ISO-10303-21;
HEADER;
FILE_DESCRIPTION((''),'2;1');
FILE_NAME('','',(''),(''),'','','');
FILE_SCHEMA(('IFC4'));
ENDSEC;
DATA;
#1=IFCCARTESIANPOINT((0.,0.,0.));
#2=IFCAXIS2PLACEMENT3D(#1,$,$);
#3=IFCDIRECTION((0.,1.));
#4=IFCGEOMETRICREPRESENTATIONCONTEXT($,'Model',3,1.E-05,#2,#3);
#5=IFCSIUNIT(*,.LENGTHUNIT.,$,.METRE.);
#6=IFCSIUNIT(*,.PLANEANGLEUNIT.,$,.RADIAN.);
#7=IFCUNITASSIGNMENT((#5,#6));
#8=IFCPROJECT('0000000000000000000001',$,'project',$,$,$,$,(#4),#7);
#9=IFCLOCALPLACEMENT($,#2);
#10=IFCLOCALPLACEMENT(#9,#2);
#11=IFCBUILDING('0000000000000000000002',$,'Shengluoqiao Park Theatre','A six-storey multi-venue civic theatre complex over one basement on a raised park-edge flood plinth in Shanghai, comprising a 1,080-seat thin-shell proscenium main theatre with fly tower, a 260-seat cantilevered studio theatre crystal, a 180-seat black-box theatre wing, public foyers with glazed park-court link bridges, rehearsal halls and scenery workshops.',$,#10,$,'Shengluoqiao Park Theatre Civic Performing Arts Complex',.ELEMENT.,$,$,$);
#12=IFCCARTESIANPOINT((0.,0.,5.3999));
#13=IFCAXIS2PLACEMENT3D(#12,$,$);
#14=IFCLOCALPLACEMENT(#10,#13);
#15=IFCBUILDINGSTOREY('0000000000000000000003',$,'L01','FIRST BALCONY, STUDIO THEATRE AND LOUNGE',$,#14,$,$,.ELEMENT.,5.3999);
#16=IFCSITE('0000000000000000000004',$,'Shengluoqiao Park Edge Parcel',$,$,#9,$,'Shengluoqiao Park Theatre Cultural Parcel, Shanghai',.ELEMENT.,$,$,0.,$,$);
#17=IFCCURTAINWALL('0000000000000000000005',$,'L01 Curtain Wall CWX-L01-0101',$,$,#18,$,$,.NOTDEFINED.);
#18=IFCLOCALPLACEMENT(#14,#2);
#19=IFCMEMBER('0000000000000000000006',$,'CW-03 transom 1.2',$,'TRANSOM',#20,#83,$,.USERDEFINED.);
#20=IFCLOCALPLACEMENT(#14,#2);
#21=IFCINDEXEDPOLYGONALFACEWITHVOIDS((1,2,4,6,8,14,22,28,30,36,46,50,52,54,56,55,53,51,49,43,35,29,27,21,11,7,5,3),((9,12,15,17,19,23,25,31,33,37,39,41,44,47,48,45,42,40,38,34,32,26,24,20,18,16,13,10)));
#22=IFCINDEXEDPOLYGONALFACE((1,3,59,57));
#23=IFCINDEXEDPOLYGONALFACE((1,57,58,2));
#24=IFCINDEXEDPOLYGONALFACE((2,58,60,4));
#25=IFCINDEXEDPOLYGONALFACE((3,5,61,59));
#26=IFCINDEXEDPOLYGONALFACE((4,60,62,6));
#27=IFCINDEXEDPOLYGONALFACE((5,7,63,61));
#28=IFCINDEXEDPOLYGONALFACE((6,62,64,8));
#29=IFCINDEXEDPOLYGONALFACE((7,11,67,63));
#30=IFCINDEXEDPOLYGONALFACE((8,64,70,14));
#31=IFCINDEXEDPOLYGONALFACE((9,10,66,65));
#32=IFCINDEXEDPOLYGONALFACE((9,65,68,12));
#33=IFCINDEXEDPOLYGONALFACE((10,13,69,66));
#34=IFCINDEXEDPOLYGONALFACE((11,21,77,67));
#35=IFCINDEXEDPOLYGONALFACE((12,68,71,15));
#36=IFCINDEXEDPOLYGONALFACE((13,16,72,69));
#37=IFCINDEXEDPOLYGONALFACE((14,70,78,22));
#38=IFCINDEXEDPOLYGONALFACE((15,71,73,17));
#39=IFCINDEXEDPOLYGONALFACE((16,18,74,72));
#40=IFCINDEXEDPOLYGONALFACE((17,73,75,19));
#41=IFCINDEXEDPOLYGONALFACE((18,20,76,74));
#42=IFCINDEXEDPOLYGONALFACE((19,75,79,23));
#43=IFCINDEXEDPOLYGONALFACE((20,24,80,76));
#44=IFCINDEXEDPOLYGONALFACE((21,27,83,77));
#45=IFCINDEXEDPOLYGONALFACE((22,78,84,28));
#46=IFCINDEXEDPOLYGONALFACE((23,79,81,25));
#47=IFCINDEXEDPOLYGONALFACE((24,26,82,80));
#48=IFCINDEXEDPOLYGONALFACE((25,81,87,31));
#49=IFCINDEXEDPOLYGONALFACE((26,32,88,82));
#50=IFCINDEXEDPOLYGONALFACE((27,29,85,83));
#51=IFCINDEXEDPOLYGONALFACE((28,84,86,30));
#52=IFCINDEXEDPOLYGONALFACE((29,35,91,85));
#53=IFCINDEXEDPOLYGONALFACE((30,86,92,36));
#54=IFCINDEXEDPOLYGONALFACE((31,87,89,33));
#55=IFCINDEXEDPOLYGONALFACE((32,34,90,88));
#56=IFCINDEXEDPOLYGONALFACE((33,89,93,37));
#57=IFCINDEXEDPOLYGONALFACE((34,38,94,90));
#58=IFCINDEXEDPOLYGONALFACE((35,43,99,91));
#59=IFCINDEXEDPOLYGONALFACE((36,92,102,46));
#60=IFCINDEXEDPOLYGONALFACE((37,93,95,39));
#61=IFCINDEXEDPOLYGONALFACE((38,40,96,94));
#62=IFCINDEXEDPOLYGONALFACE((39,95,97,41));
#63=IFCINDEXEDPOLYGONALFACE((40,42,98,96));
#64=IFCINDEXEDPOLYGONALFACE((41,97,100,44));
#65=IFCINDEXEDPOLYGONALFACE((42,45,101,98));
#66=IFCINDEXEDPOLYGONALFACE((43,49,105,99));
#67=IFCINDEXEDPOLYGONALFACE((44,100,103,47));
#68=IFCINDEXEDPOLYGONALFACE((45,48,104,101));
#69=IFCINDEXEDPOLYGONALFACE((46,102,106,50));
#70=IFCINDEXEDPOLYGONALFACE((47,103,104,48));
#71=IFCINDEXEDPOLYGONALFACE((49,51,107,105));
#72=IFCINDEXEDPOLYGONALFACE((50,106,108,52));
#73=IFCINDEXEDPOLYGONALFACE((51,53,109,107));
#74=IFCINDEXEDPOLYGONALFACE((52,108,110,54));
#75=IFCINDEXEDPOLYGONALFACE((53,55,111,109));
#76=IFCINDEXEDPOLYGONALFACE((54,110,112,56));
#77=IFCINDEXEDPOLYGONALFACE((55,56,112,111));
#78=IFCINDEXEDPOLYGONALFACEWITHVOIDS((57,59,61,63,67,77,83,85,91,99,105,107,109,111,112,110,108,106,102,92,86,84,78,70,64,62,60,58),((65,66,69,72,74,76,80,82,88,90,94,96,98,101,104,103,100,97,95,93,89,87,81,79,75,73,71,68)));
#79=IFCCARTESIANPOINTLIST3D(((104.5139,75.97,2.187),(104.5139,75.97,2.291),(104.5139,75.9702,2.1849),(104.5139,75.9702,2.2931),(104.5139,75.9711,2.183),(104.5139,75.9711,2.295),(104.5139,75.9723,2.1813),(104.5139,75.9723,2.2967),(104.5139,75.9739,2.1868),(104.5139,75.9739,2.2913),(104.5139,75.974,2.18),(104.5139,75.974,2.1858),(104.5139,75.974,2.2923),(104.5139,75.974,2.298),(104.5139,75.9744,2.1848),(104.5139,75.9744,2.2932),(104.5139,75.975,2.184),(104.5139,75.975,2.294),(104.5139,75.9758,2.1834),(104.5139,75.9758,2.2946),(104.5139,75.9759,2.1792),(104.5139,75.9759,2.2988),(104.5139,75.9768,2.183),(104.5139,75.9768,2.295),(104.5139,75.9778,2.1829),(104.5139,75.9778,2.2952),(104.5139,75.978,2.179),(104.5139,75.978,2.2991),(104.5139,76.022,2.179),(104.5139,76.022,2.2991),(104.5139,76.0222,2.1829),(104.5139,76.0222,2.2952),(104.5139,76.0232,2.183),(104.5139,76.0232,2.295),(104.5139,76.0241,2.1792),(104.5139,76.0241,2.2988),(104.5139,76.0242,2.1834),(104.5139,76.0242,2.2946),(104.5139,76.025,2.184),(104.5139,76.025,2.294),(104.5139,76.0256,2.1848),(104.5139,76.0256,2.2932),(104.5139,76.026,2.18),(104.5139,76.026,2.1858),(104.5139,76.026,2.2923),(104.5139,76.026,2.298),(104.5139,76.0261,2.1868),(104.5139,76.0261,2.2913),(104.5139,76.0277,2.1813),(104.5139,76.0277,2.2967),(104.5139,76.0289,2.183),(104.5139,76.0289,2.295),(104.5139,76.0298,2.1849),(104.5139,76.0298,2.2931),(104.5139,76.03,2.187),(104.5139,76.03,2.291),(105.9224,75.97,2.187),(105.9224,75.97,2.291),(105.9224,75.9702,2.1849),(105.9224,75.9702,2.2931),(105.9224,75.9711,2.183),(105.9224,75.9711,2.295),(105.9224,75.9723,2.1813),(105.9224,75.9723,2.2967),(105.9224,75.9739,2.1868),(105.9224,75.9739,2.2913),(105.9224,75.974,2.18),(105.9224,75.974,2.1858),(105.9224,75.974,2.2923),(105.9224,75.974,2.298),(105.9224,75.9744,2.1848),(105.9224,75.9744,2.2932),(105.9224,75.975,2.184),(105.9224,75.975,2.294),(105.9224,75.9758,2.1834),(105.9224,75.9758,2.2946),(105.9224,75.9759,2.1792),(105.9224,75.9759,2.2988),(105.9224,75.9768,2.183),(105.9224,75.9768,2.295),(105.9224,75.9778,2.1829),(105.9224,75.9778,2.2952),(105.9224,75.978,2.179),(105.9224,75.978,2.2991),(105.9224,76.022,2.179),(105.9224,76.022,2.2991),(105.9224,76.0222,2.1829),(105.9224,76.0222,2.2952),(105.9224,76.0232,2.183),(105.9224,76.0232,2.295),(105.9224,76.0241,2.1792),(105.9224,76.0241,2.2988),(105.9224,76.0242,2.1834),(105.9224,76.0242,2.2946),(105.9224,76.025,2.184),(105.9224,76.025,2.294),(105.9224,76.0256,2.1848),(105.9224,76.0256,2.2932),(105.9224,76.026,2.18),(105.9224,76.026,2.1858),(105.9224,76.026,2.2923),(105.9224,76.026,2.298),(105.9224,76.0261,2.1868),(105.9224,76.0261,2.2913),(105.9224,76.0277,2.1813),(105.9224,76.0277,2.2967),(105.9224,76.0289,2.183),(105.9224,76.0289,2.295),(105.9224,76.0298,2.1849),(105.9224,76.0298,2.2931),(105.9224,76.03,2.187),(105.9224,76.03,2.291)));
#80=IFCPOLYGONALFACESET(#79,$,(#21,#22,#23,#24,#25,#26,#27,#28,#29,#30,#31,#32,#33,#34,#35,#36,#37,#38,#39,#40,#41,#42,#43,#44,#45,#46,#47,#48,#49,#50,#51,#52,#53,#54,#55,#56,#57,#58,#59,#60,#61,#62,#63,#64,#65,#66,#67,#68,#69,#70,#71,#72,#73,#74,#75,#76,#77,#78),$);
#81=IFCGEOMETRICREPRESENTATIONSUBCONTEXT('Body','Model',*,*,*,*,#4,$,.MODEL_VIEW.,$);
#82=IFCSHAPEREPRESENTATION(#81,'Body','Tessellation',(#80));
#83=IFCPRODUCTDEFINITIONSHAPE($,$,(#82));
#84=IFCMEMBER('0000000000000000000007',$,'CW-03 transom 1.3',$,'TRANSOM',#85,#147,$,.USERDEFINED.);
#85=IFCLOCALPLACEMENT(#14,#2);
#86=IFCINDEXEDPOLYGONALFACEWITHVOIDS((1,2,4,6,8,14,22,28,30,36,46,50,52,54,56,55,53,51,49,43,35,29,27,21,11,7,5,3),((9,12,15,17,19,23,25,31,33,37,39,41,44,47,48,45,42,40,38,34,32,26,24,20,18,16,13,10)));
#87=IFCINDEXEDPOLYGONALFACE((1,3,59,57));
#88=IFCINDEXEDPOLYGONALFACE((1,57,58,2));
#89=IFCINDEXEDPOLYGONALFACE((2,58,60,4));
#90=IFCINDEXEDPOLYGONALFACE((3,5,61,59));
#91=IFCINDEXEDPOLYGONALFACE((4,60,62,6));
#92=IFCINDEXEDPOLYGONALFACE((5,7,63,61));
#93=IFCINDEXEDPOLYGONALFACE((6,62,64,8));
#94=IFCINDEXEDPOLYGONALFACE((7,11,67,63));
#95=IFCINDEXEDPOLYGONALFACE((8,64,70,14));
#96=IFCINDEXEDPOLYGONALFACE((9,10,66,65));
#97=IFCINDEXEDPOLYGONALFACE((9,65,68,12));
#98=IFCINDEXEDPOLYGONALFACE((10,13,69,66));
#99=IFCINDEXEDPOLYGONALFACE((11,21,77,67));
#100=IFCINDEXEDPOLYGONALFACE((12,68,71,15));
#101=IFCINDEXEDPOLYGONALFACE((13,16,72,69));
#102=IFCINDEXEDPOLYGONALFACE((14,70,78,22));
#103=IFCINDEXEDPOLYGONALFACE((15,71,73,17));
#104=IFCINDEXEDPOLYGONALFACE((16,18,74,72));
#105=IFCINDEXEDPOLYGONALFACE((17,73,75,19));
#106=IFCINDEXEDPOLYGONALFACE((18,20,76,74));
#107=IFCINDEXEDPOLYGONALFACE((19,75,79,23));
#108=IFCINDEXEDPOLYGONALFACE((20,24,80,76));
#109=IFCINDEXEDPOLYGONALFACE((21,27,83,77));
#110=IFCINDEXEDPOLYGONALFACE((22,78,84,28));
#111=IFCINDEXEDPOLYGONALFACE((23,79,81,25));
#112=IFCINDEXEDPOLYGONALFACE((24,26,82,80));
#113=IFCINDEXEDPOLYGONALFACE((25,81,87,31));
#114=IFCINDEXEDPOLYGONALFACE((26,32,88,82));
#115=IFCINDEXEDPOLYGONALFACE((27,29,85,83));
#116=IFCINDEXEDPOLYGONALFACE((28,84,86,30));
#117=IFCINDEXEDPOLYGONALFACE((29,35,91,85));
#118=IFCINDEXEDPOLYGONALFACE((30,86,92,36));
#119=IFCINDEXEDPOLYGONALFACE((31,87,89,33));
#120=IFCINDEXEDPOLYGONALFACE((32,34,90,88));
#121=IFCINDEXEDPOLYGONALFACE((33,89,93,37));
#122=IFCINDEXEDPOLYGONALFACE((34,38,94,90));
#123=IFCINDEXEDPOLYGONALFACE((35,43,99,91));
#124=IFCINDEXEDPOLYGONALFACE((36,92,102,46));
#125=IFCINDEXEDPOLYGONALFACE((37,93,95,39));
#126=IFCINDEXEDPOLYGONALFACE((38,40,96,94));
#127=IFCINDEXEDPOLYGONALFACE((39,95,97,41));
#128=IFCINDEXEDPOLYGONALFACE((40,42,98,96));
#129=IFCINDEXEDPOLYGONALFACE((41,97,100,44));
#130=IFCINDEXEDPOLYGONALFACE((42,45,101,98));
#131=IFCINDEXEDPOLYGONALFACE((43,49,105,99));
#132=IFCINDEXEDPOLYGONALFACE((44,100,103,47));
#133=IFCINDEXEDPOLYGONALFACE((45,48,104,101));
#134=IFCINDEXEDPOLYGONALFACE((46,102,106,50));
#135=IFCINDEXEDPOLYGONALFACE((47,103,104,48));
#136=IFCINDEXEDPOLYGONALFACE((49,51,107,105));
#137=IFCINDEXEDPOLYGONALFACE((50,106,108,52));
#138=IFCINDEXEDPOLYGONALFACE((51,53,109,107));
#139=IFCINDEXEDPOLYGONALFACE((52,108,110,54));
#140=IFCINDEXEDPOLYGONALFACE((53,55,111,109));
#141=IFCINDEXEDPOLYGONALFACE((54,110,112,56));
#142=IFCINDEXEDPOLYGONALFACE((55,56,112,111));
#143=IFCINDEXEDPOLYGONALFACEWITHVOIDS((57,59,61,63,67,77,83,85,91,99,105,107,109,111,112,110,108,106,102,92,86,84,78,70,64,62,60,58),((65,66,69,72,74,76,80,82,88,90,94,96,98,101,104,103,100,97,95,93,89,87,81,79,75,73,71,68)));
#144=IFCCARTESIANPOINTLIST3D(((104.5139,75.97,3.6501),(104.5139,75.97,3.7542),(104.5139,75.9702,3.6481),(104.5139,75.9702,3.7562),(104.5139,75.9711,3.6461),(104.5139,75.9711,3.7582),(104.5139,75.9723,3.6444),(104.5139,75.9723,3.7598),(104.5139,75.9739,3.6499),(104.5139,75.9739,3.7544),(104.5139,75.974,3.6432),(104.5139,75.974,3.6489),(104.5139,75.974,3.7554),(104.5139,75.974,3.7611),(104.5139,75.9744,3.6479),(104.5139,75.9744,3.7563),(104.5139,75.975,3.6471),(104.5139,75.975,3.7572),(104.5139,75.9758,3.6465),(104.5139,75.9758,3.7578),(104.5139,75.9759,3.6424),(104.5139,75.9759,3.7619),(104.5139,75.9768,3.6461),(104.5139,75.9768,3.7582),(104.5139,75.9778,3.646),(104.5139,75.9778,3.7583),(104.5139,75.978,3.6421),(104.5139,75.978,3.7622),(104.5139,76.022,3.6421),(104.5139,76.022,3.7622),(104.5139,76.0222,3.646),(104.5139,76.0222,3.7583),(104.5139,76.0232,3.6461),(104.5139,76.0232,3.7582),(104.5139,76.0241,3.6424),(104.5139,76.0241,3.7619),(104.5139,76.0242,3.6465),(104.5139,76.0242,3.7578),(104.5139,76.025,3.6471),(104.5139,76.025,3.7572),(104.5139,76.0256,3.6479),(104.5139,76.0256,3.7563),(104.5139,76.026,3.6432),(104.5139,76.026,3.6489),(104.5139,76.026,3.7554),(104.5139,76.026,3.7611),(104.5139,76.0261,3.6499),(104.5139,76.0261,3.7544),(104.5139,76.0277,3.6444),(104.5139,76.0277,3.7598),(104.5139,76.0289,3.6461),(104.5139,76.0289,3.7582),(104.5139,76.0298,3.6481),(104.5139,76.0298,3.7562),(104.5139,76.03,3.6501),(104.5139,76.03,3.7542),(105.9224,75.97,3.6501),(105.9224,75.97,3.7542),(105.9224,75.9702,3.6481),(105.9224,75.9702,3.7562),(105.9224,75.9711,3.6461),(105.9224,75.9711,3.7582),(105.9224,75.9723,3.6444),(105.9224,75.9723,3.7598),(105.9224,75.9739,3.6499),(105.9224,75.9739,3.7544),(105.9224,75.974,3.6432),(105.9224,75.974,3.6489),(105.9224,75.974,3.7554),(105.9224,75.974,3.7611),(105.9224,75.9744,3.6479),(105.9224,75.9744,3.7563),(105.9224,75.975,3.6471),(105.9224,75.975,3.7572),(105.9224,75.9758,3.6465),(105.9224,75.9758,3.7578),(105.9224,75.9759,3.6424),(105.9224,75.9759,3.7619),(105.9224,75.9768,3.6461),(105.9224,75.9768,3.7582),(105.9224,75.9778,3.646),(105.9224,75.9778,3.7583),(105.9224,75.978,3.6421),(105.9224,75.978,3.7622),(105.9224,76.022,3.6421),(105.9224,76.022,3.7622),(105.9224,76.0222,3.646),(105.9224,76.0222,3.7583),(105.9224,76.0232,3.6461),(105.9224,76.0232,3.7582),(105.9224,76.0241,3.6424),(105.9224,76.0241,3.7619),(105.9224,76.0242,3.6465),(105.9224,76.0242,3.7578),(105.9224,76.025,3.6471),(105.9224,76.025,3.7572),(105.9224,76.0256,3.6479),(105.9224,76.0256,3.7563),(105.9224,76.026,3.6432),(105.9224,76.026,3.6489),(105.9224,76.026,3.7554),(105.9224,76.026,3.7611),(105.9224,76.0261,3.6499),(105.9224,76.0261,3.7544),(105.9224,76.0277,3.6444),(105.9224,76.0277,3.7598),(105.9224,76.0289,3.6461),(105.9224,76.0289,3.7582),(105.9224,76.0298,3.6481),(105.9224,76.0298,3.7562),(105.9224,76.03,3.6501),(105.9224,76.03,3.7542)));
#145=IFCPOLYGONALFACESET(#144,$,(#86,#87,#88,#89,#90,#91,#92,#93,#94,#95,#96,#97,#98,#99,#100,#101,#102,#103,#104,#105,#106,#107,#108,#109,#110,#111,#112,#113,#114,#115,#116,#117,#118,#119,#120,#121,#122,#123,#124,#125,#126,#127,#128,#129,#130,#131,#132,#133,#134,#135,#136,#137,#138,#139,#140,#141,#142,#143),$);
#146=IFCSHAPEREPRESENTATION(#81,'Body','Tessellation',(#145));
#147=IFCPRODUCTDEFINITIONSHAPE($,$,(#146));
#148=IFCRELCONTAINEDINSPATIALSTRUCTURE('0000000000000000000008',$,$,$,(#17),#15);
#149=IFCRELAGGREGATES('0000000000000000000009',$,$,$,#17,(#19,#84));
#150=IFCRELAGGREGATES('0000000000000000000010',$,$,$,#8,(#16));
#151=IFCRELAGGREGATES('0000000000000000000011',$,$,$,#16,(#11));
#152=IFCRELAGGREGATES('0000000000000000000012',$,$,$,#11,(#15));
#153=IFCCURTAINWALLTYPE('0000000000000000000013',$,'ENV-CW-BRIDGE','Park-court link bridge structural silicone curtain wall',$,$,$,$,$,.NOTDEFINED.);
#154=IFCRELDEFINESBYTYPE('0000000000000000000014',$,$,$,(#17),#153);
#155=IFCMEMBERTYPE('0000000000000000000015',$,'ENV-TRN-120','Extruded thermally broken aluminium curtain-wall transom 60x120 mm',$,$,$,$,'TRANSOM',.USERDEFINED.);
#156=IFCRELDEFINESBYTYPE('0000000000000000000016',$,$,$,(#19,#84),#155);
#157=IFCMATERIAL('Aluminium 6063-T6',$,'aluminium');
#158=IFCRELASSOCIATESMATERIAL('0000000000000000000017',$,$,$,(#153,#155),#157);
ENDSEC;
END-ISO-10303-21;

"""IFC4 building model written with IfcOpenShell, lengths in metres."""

from ifc_helpers import new_model, si_unit, direction, frame, origin, origin_2d, place, context, subcontext, project, spatial, hollow_rectangle, extrude, material, material_profile, profile_set, type_object, element, aggregate, save


model = new_model("IFC4")

# Units and contexts
model_context = context("Model", 3, precision=1e-05, world=origin(), true_north=direction((0.0, 1.0)))
body_context = subcontext(model_context, "Body", "Model", "MODEL_VIEW")
ifc_project = project(units=[si_unit("LENGTHUNIT", "METRE"), si_unit("PLANEANGLEUNIT", "RADIAN")], contexts=[model_context])

# Site, building, storey
site_placement = place(None, origin())
site = spatial("IfcSite", under=ifc_project, at=site_placement, Name="Shengluoqiao Park Edge Parcel", LongName="Shengluoqiao Park Theatre Cultural Parcel, Shanghai", CompositionType="ELEMENT", RefElevation=0.0)
building_placement = place(site_placement, origin())
building = spatial("IfcBuilding", under=site, at=building_placement, Name="Shengluoqiao Park Theatre", Description="A six-storey multi-venue civic theatre complex over one basement on a raised park-edge flood plinth in Shanghai, comprising a 1,080-seat thin-shell proscenium main theatre with fly tower, a 260-seat cantilevered studio theatre crystal, a 180-seat black-box theatre wing, public foyers with glazed park-court link bridges, rehearsal halls and scenery workshops.", LongName="Shengluoqiao Park Theatre Civic Performing Arts Complex", CompositionType="ELEMENT")
storey_placement = place(building_placement, frame((0.0, 0.0, 5.3999)))
storey = spatial("IfcBuildingStorey", under=building, at=storey_placement, Name="L01", Description="FIRST BALCONY, STUDIO THEATRE AND LOUNGE", CompositionType="ELEMENT", Elevation=5.3999)

# Curtain wall
ifc_material_1 = material(Name="Aluminium 6063-T6", Category="aluminium")
curtain_wall_type = type_object("IfcCurtainWallType", Name="ENV-CW-BRIDGE", Description="Park-court link bridge structural silicone curtain wall", PredefinedType="NOTDEFINED", material=ifc_material_1)
curtain_wall_1_placement = place(storey_placement, origin())
curtain_wall_1 = element("IfcCurtainWall", 1, at=curtain_wall_1_placement, inside=storey, type_object=curtain_wall_type, Name="L01 Curtain Wall CWX-L01-0101", PredefinedType="NOTDEFINED")

# Members
ifc_material_profile_1 = material_profile(ifc_material_1, hollow_rectangle(XDim=0.0601, YDim=0.1201, WallThickness=0.0039, InnerFilletRadius=0.0039, OuterFilletRadius=0.0081, at=origin_2d()), Name="ALU TRANSOM 120x60x4")
ifc_profile_set_1 = profile_set([ifc_material_profile_1], Name="Aluminium 6063-T6")
member_type_1 = type_object("IfcMemberType", Name="ENV-TRN-120", Description="Extruded thermally broken aluminium curtain-wall transom 60x120 mm", ElementType="TRANSOM", PredefinedType="USERDEFINED", material=ifc_profile_set_1)
member_1_placement = place(storey_placement, frame((104.5139, 76.0, 2.239), z_axis=(1.0, 0.0, 0.0), x_axis=(0.0, 1.0, 0.0)))
member_1 = element("IfcMember", 2, at=member_1_placement, type_object=member_type_1, Name="CW-03 transom 1.2", ObjectType="TRANSOM", PredefinedType="USERDEFINED", context=body_context, shape_type="SweptSolid", body=[
    extrude(hollow_rectangle(XDim=0.0601, YDim=0.1201, WallThickness=0.0039, InnerFilletRadius=0.0039, OuterFilletRadius=0.0081, at=origin_2d()), origin(), (0.0, 0.0, 1.0), 1.4084),
])
member_2_placement = place(storey_placement, frame((104.5139, 76.0, 3.7021), z_axis=(1.0, 0.0, 0.0), x_axis=(0.0, 1.0, 0.0)))
member_2 = element("IfcMember", 3, at=member_2_placement, type_object=member_type_1, Name="CW-03 transom 1.3", ObjectType="TRANSOM", PredefinedType="USERDEFINED", context=body_context, shape_type="SweptSolid", body=[
    extrude(hollow_rectangle(XDim=0.0601, YDim=0.1201, WallThickness=0.0039, InnerFilletRadius=0.0039, OuterFilletRadius=0.0081, at=origin_2d()), origin(), (0.0, 0.0, 1.0), 1.4084),
])

aggregate(curtain_wall_1, [member_1, member_2])

save(model, "model.ifc")
